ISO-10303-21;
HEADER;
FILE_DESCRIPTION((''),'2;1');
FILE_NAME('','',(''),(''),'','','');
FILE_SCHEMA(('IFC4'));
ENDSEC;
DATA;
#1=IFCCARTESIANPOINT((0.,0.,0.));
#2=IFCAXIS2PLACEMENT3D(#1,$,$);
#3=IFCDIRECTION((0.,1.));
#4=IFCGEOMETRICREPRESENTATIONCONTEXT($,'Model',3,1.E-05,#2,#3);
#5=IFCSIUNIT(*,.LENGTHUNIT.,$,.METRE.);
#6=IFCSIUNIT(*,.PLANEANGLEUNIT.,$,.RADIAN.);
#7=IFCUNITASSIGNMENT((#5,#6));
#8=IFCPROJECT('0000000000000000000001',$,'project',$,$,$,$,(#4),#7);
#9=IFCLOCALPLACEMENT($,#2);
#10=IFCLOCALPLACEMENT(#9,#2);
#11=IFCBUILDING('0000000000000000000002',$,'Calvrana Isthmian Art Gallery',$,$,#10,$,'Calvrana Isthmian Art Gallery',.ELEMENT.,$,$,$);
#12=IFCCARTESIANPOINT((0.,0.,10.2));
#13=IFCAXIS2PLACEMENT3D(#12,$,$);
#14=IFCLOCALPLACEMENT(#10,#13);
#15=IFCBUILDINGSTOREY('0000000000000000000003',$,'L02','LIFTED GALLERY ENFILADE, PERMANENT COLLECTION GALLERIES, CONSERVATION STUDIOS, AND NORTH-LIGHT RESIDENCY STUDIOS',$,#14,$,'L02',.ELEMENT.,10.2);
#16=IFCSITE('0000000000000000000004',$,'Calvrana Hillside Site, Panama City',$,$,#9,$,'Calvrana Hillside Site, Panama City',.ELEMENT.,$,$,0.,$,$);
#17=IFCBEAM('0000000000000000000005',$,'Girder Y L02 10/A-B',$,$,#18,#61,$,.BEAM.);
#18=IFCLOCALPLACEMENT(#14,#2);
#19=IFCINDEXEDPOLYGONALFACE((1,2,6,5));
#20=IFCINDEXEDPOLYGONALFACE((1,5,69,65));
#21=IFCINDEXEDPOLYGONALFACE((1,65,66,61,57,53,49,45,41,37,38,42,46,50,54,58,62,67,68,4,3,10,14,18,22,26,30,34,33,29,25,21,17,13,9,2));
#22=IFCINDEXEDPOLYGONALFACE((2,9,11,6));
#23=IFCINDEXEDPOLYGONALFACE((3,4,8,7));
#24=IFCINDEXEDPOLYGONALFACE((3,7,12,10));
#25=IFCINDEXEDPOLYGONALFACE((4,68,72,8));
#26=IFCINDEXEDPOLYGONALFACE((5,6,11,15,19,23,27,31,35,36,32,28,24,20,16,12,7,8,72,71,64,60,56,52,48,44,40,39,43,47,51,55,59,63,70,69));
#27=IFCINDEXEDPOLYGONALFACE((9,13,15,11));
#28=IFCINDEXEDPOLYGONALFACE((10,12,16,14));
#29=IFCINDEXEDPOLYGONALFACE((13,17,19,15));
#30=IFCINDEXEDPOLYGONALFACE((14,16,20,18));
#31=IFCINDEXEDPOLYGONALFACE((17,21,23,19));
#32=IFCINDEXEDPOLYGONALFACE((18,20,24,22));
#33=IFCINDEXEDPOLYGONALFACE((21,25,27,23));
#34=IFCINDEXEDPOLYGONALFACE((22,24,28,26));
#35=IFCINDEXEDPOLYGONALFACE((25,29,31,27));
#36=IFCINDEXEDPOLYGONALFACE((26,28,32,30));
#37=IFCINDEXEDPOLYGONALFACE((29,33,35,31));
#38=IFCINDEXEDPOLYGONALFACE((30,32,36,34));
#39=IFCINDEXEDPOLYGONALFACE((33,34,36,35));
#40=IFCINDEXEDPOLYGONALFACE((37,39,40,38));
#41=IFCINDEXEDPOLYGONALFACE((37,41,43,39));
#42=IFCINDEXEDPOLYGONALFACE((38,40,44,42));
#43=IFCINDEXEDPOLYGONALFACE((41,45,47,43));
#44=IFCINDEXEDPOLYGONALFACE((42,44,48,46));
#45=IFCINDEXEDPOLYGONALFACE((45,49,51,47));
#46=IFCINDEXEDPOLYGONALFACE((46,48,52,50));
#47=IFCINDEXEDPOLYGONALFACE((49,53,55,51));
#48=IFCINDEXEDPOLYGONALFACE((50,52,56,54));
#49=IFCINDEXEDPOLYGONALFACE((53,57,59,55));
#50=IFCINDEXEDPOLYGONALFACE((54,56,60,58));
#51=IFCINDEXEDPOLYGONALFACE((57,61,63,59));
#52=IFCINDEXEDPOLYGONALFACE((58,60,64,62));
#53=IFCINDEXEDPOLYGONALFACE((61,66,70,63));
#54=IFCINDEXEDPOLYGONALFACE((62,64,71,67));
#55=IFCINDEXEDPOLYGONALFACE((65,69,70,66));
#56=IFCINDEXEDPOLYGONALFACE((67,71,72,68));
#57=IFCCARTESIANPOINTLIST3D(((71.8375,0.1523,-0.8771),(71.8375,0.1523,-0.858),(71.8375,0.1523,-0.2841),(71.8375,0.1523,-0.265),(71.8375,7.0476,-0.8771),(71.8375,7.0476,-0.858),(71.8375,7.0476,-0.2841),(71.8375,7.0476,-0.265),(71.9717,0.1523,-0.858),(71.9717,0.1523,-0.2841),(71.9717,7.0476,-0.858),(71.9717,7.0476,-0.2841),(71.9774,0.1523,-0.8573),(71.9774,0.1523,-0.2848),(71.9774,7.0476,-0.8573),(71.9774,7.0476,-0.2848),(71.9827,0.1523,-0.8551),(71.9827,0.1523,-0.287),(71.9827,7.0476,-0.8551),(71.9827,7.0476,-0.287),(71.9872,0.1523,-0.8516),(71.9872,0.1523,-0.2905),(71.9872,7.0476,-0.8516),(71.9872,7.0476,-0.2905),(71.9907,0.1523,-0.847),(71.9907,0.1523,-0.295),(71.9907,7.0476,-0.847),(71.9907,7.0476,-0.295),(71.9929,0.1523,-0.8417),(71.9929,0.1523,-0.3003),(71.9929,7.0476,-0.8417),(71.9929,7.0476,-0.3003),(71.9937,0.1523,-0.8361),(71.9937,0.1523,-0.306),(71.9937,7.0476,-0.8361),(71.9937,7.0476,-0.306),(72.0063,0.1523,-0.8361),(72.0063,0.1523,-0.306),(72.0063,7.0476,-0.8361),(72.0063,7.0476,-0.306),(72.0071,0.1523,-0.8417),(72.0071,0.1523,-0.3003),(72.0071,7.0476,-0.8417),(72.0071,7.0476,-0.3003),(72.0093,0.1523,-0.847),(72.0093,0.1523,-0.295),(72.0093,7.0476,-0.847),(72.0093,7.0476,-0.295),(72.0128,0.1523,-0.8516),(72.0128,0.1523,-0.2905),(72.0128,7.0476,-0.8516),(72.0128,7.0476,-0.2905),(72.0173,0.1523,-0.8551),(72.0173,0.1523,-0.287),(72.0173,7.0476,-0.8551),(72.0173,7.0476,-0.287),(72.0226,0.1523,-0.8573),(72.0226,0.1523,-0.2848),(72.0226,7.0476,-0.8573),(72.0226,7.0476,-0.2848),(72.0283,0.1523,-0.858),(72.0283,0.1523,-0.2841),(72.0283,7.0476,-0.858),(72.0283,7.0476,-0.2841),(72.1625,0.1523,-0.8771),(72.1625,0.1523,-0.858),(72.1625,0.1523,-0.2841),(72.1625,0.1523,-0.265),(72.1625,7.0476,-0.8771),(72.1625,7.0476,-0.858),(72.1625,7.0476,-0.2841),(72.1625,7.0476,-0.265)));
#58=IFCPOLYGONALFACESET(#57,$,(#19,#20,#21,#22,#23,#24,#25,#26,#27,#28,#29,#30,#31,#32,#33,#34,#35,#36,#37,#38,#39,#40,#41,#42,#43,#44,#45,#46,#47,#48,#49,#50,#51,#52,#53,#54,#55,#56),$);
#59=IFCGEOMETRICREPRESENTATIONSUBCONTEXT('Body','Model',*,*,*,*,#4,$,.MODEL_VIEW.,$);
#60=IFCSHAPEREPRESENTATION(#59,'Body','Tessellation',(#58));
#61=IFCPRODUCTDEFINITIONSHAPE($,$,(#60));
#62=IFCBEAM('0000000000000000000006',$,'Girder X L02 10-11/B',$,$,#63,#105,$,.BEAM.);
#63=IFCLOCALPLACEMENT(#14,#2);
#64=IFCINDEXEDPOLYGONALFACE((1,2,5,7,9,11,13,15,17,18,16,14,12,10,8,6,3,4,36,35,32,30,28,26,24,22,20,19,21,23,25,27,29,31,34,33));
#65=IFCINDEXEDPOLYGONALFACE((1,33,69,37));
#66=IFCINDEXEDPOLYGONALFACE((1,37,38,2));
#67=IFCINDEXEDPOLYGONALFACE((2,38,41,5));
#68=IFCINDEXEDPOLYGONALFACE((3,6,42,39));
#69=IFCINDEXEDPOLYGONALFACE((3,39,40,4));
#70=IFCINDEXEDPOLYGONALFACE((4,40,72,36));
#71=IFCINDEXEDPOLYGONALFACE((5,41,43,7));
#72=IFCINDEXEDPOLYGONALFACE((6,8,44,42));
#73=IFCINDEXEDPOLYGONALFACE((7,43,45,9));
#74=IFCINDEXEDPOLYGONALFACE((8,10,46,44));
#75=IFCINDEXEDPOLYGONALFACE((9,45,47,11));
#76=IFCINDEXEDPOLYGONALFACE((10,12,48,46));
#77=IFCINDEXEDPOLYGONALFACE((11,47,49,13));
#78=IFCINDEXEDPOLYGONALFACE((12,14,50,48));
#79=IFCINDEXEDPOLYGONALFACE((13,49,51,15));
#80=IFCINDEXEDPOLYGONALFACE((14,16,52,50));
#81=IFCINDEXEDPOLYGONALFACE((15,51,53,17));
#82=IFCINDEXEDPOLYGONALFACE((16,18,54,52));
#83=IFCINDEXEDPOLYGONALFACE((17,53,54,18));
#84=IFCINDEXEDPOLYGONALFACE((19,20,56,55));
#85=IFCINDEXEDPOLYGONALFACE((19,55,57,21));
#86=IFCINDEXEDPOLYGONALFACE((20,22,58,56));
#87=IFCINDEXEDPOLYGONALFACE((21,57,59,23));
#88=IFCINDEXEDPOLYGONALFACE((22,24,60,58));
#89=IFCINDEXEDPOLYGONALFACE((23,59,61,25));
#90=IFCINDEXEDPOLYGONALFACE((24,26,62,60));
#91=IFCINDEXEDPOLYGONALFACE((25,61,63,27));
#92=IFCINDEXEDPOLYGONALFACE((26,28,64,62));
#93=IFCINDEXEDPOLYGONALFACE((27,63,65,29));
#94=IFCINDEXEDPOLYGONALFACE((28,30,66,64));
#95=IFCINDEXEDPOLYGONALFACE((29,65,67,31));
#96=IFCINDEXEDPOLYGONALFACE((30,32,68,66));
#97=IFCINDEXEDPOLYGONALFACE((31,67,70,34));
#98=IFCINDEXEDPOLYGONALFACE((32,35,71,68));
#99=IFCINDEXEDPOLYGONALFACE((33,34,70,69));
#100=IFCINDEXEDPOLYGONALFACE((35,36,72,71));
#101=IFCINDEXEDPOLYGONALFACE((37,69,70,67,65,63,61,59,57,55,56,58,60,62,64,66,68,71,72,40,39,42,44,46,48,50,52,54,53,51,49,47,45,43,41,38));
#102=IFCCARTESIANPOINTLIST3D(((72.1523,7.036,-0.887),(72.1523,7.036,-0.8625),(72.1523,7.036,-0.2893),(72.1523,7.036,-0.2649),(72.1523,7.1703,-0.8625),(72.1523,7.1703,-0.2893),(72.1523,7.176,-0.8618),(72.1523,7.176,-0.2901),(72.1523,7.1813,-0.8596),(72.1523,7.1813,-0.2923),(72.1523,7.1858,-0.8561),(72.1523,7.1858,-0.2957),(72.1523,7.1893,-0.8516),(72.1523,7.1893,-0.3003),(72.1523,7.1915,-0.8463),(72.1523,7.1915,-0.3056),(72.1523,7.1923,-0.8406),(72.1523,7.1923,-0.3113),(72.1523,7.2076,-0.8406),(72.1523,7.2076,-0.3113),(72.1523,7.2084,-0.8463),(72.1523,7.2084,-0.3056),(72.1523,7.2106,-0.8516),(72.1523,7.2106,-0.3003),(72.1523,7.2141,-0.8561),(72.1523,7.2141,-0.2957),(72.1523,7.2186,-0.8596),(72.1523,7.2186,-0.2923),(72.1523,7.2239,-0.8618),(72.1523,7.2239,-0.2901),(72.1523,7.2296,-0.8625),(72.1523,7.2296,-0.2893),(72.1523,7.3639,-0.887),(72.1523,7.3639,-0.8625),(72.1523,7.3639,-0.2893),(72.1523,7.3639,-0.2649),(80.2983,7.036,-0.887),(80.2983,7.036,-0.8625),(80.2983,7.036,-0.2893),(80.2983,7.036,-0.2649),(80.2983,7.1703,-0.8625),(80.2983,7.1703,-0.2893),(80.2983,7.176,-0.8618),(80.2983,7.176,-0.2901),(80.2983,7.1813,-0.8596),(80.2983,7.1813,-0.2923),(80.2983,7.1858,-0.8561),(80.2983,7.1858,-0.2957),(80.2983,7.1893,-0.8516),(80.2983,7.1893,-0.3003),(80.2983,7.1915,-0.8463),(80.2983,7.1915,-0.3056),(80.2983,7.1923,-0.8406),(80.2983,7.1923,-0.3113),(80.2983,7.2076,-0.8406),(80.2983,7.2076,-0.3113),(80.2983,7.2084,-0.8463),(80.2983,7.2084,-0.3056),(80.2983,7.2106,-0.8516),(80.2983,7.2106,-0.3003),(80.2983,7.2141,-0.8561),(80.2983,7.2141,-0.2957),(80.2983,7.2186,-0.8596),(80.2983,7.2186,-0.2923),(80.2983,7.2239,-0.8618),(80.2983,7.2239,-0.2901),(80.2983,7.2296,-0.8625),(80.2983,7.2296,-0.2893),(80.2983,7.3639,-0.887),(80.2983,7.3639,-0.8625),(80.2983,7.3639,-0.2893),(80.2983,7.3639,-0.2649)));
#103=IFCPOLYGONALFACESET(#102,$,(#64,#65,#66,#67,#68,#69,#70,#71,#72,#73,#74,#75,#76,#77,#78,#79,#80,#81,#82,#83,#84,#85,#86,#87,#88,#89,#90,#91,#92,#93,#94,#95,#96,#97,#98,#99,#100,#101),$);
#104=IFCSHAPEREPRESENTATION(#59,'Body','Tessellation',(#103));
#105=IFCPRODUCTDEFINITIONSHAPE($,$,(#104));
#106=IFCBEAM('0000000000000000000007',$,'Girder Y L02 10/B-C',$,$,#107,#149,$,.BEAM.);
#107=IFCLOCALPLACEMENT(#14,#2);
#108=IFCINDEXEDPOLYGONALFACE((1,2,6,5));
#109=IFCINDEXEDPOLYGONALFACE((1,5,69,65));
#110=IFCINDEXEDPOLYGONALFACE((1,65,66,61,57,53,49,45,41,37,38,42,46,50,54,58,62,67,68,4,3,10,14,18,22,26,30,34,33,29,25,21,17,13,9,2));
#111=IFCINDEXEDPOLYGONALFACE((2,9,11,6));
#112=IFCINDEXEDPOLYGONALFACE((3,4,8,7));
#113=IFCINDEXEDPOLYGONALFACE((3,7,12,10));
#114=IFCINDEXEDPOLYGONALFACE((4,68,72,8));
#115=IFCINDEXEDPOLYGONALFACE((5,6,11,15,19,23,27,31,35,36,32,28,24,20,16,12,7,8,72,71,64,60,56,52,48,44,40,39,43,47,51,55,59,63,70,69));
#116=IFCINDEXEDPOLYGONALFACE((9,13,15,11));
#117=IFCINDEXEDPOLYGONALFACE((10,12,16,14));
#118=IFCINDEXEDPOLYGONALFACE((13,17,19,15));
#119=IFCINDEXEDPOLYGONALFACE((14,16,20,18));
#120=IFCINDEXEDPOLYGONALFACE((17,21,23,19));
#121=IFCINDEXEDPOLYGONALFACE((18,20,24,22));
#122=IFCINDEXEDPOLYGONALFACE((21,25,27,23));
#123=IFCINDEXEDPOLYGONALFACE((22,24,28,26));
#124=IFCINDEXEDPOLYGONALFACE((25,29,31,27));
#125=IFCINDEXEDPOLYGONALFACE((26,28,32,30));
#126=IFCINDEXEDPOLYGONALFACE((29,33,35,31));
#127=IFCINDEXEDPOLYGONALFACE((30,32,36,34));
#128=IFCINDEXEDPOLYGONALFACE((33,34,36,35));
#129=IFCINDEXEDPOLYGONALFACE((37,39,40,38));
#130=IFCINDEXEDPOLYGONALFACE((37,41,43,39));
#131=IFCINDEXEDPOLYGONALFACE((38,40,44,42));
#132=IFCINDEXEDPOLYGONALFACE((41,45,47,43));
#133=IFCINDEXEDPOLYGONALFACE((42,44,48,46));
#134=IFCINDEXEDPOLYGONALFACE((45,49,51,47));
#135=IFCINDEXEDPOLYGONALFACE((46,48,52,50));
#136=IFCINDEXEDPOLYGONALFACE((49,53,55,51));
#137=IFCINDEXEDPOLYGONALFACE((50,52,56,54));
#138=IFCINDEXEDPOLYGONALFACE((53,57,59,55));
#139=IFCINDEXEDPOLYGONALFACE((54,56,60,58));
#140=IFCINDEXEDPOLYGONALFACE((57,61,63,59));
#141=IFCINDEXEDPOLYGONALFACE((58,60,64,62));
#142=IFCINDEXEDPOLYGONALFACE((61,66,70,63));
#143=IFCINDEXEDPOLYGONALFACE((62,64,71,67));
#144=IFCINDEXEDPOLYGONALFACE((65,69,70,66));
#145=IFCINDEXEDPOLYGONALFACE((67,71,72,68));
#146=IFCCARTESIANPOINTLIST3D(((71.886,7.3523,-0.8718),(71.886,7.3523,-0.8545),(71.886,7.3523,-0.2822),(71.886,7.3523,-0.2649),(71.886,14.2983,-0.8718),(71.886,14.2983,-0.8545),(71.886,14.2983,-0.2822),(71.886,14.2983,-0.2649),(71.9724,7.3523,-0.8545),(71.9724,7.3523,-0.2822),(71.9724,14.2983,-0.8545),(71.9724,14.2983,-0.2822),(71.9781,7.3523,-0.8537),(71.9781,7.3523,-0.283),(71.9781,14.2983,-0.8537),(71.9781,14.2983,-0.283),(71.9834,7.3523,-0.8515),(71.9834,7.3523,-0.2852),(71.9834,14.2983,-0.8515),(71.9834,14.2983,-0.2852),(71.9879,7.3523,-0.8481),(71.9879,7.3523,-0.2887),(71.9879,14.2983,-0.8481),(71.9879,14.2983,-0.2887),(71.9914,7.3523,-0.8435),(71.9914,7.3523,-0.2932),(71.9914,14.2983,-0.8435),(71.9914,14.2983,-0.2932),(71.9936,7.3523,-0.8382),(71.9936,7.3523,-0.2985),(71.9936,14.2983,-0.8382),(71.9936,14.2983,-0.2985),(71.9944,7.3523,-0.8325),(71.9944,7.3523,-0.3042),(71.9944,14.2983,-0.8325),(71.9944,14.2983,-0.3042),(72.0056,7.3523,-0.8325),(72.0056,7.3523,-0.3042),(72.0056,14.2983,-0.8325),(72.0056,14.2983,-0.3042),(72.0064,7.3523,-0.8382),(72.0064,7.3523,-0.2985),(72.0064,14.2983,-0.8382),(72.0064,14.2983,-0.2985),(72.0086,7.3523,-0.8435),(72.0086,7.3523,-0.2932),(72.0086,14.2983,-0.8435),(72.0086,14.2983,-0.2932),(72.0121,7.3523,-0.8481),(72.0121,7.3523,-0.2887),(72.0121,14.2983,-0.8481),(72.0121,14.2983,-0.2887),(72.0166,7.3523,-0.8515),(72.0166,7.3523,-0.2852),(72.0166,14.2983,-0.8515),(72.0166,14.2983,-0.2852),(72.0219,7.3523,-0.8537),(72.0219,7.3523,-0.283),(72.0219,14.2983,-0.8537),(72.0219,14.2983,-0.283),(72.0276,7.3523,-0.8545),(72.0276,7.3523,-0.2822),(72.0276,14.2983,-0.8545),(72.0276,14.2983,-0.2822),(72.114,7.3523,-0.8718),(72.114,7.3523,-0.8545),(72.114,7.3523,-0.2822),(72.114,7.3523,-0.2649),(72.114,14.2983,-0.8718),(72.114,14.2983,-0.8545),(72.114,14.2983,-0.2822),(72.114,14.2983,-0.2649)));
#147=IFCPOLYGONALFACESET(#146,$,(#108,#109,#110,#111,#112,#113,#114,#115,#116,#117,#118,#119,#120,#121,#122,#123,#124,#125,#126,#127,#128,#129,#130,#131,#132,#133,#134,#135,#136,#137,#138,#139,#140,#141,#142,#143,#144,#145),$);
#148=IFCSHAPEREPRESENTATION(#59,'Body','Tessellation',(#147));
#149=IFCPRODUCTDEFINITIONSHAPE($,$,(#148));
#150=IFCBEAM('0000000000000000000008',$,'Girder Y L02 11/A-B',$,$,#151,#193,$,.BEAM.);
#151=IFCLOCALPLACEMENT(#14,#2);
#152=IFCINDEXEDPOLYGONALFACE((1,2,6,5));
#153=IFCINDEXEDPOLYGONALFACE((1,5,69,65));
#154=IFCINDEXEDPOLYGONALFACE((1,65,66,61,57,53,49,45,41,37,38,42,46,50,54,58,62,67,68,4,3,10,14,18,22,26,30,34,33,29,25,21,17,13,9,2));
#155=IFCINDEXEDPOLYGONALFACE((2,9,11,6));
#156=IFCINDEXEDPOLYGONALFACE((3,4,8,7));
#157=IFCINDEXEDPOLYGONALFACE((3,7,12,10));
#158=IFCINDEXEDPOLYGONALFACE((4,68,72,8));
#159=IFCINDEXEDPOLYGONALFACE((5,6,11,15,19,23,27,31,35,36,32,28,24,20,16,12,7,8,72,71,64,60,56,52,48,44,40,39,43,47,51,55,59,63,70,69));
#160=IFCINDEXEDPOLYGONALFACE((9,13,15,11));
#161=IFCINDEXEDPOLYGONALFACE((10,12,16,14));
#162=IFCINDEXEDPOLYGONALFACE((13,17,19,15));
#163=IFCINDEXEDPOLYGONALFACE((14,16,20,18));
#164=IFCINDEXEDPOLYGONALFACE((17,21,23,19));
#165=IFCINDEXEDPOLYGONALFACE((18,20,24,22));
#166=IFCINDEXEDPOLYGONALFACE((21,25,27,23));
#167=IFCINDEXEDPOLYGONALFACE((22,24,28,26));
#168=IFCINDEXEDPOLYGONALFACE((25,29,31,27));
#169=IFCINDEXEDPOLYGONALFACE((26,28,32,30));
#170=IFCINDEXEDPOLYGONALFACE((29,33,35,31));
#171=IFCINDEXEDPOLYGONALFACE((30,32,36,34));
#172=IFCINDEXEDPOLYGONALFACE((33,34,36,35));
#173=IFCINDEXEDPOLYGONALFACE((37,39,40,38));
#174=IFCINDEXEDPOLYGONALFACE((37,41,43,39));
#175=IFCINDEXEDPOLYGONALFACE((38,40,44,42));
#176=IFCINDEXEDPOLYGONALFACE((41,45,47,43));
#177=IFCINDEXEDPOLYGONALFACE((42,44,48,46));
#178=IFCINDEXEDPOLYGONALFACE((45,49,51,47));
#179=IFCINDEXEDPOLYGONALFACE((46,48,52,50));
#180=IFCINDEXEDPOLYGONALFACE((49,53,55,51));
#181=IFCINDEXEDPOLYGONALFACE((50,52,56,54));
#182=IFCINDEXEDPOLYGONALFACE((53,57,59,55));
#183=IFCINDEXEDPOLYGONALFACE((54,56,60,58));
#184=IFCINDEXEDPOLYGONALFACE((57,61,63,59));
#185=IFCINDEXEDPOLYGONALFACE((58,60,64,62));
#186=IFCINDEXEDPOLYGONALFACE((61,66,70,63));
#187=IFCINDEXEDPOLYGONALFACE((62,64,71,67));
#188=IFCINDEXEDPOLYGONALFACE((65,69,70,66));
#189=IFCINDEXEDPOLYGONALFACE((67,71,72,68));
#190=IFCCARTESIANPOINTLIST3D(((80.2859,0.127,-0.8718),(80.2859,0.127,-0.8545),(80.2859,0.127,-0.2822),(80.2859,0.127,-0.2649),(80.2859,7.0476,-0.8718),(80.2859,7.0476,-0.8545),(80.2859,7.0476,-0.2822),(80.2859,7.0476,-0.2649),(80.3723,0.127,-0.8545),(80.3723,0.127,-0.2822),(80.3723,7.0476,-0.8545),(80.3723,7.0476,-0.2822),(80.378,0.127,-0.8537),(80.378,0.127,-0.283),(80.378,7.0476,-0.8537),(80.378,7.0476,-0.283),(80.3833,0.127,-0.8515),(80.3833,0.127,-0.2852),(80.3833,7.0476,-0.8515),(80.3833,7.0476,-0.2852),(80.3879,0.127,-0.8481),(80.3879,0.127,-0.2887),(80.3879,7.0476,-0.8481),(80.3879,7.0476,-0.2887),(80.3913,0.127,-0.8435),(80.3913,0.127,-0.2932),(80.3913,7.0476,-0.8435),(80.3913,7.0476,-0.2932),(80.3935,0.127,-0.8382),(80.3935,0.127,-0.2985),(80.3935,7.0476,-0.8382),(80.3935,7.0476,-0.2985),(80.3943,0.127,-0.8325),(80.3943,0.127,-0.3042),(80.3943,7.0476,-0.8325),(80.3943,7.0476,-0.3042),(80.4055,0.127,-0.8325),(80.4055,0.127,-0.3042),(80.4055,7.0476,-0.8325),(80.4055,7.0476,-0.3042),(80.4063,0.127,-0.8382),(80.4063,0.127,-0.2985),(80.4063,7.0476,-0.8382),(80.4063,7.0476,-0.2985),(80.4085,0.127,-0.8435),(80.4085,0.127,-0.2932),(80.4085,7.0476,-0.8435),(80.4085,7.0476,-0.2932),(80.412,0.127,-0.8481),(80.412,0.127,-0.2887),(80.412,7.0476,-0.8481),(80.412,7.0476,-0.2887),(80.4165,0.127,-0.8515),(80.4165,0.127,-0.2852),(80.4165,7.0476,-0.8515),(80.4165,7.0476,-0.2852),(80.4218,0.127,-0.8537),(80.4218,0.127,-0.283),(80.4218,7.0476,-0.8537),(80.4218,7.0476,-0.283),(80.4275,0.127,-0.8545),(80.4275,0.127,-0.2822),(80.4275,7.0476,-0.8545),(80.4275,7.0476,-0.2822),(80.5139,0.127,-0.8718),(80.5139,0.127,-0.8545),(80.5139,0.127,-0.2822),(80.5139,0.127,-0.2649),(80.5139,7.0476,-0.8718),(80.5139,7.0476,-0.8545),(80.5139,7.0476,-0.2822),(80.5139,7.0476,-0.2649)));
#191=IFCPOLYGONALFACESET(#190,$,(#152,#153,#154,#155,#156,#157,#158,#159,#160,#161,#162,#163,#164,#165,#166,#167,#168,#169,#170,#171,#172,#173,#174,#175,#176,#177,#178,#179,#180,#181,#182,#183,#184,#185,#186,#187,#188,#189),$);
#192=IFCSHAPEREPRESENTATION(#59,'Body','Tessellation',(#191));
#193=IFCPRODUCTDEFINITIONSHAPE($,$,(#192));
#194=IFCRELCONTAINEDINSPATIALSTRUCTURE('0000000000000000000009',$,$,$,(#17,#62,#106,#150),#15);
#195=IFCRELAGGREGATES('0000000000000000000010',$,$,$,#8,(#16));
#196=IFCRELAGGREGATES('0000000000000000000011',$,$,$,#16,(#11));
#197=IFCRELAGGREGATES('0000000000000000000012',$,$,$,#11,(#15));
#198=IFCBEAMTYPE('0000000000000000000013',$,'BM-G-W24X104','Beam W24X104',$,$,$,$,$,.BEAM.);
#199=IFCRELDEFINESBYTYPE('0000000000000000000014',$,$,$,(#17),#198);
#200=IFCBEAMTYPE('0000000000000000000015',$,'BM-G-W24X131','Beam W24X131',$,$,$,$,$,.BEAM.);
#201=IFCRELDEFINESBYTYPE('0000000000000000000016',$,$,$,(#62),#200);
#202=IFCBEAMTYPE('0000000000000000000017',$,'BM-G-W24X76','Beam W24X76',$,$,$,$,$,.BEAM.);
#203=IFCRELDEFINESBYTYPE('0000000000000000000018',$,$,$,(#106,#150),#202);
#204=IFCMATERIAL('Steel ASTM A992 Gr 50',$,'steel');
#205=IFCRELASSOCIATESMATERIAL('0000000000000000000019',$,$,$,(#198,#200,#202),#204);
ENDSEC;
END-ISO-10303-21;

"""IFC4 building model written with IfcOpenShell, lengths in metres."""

from ifc_helpers import new_model, si_unit, direction, frame, origin, origin_2d, place, context, subcontext, project, spatial, i_section, extrude, material, material_profile, profile_set, type_object, element, save


model = new_model("IFC4")

# Units and contexts
model_context = context("Model", 3, precision=1e-05, world=origin(), true_north=direction((0.0, 1.0)))
body_context = subcontext(model_context, "Body", "Model", "MODEL_VIEW")
ifc_project = project(units=[si_unit("LENGTHUNIT", "METRE"), si_unit("PLANEANGLEUNIT", "RADIAN")], contexts=[model_context])

# Site, building, storey
site_placement = place(None, origin())
site = spatial("IfcSite", under=ifc_project, at=site_placement, Name="Calvrana Hillside Site, Panama City", LongName="Calvrana Hillside Site, Panama City", CompositionType="ELEMENT", RefElevation=0.0)
building_placement = place(site_placement, origin())
building = spatial("IfcBuilding", under=site, at=building_placement, Name="Calvrana Isthmian Art Gallery", LongName="Calvrana Isthmian Art Gallery", CompositionType="ELEMENT")
storey_placement = place(building_placement, frame((0.0, 0.0, 10.2)))
storey = spatial("IfcBuildingStorey", under=building, at=storey_placement, Name="L02", Description="LIFTED GALLERY ENFILADE, PERMANENT COLLECTION GALLERIES, CONSERVATION STUDIOS, AND NORTH-LIGHT RESIDENCY STUDIOS", LongName="L02", CompositionType="ELEMENT", Elevation=10.2)

# Beams
ifc_material_1 = material(Name="Steel ASTM A992 Gr 50", Category="steel")
ifc_material_profile_1 = material_profile(ifc_material_1, i_section(OverallWidth=0.325, OverallDepth=0.6121, WebThickness=0.0127, FlangeThickness=0.019, FilletRadius=0.022, at=origin_2d()), Name="W24X104")
ifc_profile_set_1 = profile_set([ifc_material_profile_1], Name="Steel ASTM A992 Gr 50")
beam_type_1 = type_object("IfcBeamType", Name="BM-G-W24X104", Description="Beam W24X104", PredefinedType="BEAM", material=ifc_profile_set_1)
beam_1_placement = place(storey_placement, frame((72.0, 0.1523, -0.571), z_axis=(0.0, 1.0, 0.0), x_axis=(-1.0, 0.0, 0.0)))
element("IfcBeam", 1, at=beam_1_placement, inside=storey, type_object=beam_type_1, Name="Girder Y L02 10/A-B", PredefinedType="BEAM", context=body_context, shape_type="SweptSolid", body=[
    extrude(i_section(OverallWidth=0.325, OverallDepth=0.6121, WebThickness=0.0127, FlangeThickness=0.019, FilletRadius=0.022, at=origin_2d()), origin(), (0.0, 0.0, 1.0), 6.8953),
])
ifc_material_profile_2 = material_profile(ifc_material_1, i_section(OverallWidth=0.3279, OverallDepth=0.6221, WebThickness=0.0154, FlangeThickness=0.0244, FilletRadius=0.022, at=origin_2d()), Name="W24X131")
ifc_profile_set_2 = profile_set([ifc_material_profile_2], Name="Steel ASTM A992 Gr 50")
beam_type_2 = type_object("IfcBeamType", Name="BM-G-W24X131", Description="Beam W24X131", PredefinedType="BEAM", material=ifc_profile_set_2)
beam_2_placement = place(storey_placement, frame((72.1523, 7.2, -0.5759), z_axis=(1.0, 0.0, 0.0), x_axis=(0.0, 1.0, 0.0)))
element("IfcBeam", 2, at=beam_2_placement, inside=storey, type_object=beam_type_2, Name="Girder X L02 10-11/B", PredefinedType="BEAM", context=body_context, shape_type="SweptSolid", body=[
    extrude(i_section(OverallWidth=0.3279, OverallDepth=0.6221, WebThickness=0.0154, FlangeThickness=0.0244, FilletRadius=0.022, at=origin_2d()), origin(), (0.0, 0.0, 1.0), 8.146),
])
ifc_material_profile_3 = material_profile(ifc_material_1, i_section(OverallWidth=0.228, OverallDepth=0.6069, WebThickness=0.0112, FlangeThickness=0.0173, FilletRadius=0.022, at=origin_2d()), Name="W24X76")
ifc_profile_set_3 = profile_set([ifc_material_profile_3], Name="Steel ASTM A992 Gr 50")
beam_type_3 = type_object("IfcBeamType", Name="BM-G-W24X76", Description="Beam W24X76", PredefinedType="BEAM", material=ifc_profile_set_3)
beam_3_placement = place(storey_placement, frame((72.0, 7.3523, -0.5684), z_axis=(0.0, 1.0, 0.0), x_axis=(-1.0, 0.0, 0.0)))
element("IfcBeam", 3, at=beam_3_placement, inside=storey, type_object=beam_type_3, Name="Girder Y L02 10/B-C", PredefinedType="BEAM", context=body_context, shape_type="SweptSolid", body=[
    extrude(i_section(OverallWidth=0.228, OverallDepth=0.6069, WebThickness=0.0112, FlangeThickness=0.0173, FilletRadius=0.022, at=origin_2d()), origin(), (0.0, 0.0, 1.0), 6.946),
])
beam_4_placement = place(storey_placement, frame((80.3999, 0.127, -0.5684), z_axis=(0.0, 1.0, 0.0), x_axis=(-1.0, 0.0, 0.0)))
element("IfcBeam", 4, at=beam_4_placement, inside=storey, type_object=beam_type_3, Name="Girder Y L02 11/A-B", PredefinedType="BEAM", context=body_context, shape_type="SweptSolid", body=[
    extrude(i_section(OverallWidth=0.228, OverallDepth=0.6069, WebThickness=0.0112, FlangeThickness=0.0173, FilletRadius=0.022, at=origin_2d()), origin(), (0.0, 0.0, 1.0), 6.9207),
])

save(model, "model.ifc")
